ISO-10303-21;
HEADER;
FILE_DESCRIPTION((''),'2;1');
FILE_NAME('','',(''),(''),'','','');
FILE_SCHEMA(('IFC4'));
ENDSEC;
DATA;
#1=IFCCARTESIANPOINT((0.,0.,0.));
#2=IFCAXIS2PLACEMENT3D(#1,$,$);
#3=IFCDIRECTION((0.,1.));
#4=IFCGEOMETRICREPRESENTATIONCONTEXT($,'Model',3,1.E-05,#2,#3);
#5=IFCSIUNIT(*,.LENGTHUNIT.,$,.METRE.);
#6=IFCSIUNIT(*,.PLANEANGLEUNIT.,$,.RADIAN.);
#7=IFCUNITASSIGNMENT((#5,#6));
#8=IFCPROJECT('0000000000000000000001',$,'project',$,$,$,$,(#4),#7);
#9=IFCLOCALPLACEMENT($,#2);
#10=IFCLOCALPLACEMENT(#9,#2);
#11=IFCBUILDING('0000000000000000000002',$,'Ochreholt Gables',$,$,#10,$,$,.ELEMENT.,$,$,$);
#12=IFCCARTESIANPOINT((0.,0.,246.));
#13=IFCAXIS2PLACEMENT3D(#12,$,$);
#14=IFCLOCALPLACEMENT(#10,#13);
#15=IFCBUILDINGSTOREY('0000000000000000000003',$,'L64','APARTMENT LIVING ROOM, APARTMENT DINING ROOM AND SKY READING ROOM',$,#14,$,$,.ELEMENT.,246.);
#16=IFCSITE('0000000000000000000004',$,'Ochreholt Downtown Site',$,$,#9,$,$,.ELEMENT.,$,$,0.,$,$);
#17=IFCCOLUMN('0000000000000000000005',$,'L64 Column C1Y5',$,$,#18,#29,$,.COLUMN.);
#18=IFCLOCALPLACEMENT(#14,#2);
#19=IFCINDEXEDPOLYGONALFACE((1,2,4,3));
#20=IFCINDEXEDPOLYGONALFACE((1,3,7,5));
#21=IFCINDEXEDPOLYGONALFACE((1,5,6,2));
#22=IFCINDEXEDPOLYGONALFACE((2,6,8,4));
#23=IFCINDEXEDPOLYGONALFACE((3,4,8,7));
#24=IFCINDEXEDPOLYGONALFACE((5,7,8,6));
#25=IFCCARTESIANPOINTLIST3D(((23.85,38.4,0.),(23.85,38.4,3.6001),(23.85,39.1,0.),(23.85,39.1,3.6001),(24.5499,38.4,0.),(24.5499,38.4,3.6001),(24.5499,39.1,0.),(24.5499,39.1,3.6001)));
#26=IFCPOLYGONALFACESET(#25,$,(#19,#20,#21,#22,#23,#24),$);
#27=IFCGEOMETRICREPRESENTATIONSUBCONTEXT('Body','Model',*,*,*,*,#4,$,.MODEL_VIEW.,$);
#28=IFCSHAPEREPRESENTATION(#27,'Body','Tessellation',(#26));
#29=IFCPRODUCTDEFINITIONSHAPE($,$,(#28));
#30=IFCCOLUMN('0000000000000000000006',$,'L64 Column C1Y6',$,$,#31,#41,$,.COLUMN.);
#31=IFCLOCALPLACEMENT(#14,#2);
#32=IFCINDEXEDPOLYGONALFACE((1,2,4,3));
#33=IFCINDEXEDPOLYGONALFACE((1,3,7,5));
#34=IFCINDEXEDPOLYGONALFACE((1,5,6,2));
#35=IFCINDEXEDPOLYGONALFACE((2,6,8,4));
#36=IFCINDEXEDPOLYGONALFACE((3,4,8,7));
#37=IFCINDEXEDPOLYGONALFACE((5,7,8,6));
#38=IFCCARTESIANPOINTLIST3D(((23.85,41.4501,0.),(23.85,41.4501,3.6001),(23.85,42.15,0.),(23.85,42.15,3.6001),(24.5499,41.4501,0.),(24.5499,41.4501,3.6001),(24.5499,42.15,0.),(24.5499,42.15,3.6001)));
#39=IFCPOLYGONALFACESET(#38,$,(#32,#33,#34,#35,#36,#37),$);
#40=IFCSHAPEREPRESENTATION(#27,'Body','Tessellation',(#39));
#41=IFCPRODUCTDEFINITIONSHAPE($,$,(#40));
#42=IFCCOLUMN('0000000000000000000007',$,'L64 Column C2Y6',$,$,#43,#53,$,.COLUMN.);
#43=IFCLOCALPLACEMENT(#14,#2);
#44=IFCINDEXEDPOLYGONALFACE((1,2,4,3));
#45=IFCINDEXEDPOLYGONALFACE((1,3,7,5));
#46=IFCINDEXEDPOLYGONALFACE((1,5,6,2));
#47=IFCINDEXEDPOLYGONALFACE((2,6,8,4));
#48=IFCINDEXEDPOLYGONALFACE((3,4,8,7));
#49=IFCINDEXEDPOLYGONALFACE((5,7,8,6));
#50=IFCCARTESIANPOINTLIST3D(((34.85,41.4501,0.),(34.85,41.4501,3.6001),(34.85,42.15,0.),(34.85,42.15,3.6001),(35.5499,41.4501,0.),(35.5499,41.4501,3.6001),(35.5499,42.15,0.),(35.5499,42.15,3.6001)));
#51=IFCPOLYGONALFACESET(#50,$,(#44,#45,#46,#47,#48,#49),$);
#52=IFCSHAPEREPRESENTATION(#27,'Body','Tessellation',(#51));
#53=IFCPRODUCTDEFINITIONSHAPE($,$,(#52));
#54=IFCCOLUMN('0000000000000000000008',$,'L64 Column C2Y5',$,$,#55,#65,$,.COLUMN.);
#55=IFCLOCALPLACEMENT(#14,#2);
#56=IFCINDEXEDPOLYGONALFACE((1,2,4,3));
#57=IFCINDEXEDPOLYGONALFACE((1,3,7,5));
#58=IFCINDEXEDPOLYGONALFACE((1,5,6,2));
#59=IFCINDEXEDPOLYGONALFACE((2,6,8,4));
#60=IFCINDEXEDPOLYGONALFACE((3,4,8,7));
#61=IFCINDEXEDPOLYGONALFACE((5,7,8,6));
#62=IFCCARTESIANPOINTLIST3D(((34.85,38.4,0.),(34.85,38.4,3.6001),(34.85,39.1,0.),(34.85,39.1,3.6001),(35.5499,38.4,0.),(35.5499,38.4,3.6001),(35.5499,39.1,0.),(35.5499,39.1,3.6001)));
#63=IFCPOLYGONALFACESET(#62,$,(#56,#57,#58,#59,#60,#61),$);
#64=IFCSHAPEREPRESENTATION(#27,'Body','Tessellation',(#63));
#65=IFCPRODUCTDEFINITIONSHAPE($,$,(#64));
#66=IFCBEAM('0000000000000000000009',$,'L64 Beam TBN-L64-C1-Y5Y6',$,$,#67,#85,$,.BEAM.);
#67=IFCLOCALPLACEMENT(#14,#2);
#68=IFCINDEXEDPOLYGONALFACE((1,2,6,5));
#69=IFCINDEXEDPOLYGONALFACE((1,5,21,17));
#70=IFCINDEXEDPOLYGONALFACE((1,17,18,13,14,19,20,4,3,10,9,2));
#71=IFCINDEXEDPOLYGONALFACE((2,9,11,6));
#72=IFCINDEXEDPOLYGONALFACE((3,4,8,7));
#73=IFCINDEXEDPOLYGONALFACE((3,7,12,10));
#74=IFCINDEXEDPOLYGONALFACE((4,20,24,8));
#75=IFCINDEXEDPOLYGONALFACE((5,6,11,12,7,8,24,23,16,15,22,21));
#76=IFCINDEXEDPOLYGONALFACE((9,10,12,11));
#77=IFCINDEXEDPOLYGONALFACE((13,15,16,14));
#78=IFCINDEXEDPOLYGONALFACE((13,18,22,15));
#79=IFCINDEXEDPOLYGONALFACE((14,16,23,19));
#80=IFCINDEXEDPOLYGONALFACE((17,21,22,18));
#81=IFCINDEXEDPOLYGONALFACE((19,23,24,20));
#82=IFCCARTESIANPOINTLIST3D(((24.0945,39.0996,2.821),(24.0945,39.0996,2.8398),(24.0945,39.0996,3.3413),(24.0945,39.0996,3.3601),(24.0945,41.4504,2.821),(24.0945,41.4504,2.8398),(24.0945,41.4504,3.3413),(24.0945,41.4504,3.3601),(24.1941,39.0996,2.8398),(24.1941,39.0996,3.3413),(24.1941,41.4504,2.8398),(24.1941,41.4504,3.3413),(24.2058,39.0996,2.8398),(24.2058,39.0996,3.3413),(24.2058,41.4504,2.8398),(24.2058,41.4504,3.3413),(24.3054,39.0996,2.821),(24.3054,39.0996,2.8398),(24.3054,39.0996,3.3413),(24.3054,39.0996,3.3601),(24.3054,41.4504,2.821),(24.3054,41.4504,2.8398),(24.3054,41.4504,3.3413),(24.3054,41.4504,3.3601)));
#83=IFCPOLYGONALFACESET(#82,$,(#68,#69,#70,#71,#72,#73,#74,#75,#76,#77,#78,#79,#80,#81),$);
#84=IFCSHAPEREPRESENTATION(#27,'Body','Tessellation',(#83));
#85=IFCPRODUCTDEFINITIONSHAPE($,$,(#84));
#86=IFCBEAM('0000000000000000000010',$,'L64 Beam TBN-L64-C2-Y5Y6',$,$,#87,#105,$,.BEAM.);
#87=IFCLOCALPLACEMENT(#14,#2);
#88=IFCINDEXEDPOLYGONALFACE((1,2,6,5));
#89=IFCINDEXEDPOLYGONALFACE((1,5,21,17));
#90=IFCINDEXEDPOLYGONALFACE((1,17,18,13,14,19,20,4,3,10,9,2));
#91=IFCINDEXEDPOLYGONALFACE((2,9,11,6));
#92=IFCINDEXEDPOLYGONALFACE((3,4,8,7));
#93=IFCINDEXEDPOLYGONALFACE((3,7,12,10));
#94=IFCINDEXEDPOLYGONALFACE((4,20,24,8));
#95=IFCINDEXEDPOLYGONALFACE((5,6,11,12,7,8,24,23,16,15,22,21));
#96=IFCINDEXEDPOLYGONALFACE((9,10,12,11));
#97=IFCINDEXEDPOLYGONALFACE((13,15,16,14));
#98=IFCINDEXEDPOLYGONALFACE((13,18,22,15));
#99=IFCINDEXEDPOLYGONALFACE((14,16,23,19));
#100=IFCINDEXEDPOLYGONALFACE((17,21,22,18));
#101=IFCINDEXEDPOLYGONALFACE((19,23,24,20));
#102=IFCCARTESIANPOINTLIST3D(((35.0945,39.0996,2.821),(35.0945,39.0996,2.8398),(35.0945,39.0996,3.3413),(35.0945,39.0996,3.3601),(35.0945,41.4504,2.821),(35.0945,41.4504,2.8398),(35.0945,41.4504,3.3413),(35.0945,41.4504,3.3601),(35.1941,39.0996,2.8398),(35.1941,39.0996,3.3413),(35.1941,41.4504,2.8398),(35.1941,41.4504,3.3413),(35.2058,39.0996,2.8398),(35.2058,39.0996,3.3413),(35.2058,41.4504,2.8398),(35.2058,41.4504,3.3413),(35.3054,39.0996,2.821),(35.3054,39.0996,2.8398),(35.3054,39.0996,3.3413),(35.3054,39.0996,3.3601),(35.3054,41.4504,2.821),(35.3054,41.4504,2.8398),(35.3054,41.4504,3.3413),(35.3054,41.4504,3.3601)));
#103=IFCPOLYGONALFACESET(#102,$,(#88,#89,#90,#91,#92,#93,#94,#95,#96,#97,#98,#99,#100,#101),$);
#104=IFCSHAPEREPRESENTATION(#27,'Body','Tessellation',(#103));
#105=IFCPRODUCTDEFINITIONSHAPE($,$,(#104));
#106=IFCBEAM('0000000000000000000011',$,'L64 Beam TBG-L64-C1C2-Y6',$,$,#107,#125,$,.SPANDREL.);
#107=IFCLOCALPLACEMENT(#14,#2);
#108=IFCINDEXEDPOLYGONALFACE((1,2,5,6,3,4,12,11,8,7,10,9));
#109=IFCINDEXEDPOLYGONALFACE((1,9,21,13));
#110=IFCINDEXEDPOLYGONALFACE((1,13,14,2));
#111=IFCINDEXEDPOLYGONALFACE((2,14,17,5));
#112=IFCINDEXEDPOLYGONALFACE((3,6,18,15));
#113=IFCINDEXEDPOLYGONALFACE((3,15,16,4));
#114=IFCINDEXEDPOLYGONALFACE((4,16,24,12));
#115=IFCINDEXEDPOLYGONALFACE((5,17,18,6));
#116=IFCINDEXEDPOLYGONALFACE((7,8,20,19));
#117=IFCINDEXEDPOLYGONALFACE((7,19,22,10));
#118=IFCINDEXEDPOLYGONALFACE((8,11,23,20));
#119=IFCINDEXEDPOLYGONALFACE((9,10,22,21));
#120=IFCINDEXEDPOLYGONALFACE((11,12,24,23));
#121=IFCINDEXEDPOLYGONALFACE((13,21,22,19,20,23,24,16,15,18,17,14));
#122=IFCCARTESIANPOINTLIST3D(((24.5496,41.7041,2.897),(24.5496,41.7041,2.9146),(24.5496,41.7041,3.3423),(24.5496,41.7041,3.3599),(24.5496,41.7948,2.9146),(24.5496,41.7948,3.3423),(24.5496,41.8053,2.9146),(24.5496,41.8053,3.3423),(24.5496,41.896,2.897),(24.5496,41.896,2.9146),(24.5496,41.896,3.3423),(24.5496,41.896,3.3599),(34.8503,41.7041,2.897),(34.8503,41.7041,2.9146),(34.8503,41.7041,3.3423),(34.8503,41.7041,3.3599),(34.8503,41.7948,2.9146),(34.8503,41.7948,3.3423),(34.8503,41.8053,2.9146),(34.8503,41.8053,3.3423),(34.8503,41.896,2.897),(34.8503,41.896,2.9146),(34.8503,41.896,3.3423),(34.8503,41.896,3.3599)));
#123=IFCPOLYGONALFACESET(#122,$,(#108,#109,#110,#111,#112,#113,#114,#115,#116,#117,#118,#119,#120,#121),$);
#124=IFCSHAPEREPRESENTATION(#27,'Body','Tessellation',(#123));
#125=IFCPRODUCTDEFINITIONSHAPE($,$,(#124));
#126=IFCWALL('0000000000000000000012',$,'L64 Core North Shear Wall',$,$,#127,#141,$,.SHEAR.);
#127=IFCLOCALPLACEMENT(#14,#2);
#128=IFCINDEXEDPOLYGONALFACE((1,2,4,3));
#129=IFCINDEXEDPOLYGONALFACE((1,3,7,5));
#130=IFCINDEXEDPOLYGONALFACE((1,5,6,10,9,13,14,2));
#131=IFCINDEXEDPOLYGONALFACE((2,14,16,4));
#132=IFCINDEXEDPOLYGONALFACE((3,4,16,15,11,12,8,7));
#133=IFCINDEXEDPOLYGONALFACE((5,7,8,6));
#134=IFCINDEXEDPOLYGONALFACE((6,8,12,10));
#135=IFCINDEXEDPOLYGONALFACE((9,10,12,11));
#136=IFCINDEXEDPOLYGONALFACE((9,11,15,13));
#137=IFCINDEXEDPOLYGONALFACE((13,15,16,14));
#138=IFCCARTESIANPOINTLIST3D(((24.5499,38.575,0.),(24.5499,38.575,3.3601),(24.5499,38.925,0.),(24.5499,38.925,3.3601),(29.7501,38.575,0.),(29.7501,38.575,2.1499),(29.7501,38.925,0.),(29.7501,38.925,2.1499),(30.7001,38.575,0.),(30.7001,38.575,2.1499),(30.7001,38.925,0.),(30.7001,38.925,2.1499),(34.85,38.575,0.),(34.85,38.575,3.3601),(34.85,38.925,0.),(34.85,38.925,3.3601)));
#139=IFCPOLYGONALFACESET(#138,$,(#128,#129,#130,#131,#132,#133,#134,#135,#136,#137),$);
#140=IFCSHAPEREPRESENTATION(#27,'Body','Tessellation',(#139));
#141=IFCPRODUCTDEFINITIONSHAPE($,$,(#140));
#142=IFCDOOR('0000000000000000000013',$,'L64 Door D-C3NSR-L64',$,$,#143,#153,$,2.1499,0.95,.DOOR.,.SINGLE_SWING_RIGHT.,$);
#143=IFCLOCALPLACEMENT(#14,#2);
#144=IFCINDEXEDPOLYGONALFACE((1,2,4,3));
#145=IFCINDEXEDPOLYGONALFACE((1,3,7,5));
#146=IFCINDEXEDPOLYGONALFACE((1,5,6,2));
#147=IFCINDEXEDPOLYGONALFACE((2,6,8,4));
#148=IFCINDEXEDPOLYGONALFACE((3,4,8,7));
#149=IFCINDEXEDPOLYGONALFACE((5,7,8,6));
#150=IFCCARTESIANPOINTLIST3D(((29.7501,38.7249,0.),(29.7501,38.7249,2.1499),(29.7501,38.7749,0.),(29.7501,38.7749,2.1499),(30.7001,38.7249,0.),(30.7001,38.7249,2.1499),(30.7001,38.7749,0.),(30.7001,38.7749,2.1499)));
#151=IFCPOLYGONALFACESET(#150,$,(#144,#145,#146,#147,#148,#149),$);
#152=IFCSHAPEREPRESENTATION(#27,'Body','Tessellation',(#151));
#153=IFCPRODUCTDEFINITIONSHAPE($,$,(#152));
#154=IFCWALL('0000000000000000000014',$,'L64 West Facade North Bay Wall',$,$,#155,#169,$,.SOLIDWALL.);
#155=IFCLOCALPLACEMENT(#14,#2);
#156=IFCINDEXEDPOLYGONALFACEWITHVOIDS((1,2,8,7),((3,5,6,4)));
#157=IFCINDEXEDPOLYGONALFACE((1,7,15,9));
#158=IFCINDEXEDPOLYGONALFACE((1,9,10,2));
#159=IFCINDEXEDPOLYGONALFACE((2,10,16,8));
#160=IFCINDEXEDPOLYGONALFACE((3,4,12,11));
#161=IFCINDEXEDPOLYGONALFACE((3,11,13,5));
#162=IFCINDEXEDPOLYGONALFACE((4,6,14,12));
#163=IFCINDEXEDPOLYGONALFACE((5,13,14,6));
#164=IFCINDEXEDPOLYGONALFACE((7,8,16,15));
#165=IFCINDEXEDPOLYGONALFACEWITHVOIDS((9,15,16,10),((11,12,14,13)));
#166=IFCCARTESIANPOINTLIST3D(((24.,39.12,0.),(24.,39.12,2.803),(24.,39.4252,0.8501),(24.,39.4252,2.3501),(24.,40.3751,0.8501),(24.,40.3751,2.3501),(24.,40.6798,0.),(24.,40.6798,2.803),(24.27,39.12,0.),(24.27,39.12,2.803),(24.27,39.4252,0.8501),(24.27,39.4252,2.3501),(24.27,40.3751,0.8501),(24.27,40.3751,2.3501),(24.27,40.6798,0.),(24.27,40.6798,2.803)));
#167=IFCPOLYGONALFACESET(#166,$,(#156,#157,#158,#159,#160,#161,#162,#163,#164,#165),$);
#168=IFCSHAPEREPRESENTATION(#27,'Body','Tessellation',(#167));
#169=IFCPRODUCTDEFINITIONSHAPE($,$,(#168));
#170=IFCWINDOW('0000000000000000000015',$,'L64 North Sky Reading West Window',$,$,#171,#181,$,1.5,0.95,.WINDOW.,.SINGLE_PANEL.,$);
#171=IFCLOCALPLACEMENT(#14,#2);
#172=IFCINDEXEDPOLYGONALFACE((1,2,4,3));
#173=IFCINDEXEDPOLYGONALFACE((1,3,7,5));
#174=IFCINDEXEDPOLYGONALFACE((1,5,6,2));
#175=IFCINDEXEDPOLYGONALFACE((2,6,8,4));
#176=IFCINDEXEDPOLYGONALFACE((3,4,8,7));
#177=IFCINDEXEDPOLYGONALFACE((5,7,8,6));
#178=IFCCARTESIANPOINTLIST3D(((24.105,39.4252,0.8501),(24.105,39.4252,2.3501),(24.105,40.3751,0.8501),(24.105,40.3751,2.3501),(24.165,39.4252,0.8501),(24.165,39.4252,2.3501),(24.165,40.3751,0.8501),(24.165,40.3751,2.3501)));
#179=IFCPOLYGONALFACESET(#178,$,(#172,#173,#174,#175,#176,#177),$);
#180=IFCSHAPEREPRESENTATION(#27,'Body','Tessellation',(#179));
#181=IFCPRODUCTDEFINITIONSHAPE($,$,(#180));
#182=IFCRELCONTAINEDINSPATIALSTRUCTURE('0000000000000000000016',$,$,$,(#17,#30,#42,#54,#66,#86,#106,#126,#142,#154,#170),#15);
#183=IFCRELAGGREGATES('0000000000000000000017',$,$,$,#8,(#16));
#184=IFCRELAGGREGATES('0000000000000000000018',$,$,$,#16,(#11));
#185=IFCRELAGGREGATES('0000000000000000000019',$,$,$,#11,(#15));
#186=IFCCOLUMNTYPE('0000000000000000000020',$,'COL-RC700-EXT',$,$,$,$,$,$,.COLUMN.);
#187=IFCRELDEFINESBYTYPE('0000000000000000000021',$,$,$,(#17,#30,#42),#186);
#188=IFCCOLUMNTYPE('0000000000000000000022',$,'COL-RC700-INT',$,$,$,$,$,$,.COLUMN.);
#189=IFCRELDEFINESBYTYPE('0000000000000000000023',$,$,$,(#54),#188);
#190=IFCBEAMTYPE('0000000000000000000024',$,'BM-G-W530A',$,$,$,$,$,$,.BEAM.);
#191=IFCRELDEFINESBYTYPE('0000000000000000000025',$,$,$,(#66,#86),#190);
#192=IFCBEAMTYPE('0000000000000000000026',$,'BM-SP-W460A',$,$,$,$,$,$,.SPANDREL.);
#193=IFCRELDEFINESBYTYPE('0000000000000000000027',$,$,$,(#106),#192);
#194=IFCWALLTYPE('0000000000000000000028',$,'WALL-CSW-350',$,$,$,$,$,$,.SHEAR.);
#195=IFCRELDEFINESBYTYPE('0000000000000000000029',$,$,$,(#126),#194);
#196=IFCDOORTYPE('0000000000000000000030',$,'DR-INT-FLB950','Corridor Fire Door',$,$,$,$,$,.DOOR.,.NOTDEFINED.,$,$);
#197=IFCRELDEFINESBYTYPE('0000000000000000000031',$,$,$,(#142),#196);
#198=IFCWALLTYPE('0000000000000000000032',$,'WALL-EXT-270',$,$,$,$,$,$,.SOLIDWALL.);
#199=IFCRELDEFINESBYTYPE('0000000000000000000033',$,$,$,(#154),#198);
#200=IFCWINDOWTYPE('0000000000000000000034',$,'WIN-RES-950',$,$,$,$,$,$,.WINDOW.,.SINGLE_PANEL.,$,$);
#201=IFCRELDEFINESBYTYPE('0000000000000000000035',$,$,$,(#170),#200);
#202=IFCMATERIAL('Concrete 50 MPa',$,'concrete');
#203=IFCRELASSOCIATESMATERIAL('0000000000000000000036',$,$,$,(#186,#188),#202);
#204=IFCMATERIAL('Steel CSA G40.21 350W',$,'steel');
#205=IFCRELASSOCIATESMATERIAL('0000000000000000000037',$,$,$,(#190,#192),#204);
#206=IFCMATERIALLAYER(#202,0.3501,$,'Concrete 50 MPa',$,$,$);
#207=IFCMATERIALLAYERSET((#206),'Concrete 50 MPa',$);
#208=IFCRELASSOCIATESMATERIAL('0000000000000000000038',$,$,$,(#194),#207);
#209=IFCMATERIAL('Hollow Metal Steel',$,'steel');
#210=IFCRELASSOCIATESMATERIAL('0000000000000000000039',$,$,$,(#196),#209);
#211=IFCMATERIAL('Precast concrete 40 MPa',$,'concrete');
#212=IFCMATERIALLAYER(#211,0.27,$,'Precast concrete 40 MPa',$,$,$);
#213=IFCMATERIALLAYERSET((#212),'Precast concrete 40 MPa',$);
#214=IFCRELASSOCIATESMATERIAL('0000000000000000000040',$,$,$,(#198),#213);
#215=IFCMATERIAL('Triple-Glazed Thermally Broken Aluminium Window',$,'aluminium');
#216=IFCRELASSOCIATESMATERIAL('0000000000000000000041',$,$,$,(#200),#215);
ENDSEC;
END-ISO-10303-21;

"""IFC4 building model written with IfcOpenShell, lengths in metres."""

from ifc_helpers import new_model, si_unit, direction, frame, frame_2d, origin, origin_2d, place, context, subcontext, project, spatial, rectangle, i_section, extrude, material, layer, layer_set, material_profile, profile_set, type_object, element, fill, save


model = new_model("IFC4")

# Units and contexts
model_context = context("Model", 3, precision=1e-05, world=origin(), true_north=direction((0.0, 1.0)))
body_context = subcontext(model_context, "Body", "Model", "MODEL_VIEW")
ifc_project = project(units=[si_unit("LENGTHUNIT", "METRE"), si_unit("PLANEANGLEUNIT", "RADIAN")], contexts=[model_context])

# Site, building, storey
site_placement = place(None, origin())
site = spatial("IfcSite", under=ifc_project, at=site_placement, Name="Ochreholt Downtown Site", CompositionType="ELEMENT", RefElevation=0.0)
building_placement = place(site_placement, origin())
building = spatial("IfcBuilding", under=site, at=building_placement, Name="Ochreholt Gables", CompositionType="ELEMENT")
storey_placement = place(building_placement, frame((0.0, 0.0, 246.0)))
storey = spatial("IfcBuildingStorey", under=building, at=storey_placement, Name="L64", Description="APARTMENT LIVING ROOM, APARTMENT DINING ROOM AND SKY READING ROOM", CompositionType="ELEMENT", Elevation=246.0)

# Columns
ifc_material_1 = material(Name="Concrete 50 MPa", Category="concrete")
ifc_material_profile_1 = material_profile(ifc_material_1, rectangle(XDim=0.7, YDim=0.7, at=origin_2d()), Name="RC700X700")
ifc_profile_set_1 = profile_set([ifc_material_profile_1], Name="Concrete 50 MPa")
column_type_1 = type_object("IfcColumnType", Name="COL-RC700-EXT", PredefinedType="COLUMN", material=ifc_profile_set_1)
for number, where, z_axis, x_axis, name in (
    (1, (24.2, 38.75, 0.0), (0.0, 0.0, 1.0), (1.0, 0.0, 0.0), "L64 Column C1Y5"),
    (2, (24.2, 41.8, 0.0), (0.0, 0.0, 1.0), (1.0, 0.0, 0.0), "L64 Column C1Y6"),
    (3, (35.2, 41.8, 0.0), (0.0, 0.0, 1.0), (1.0, 0.0, 0.0), "L64 Column C2Y6"),
):
    element("IfcColumn", number, at=place(storey_placement, frame(where, z_axis=z_axis, x_axis=x_axis)), inside=storey, type_object=column_type_1, Name=name, PredefinedType="COLUMN", context=body_context, shape_type="SweptSolid", body=[
        extrude(rectangle(XDim=0.7, YDim=0.7, at=origin_2d()), origin(), (0.0, 0.0, 1.0), 3.6001),
    ])
ifc_material_profile_2 = material_profile(ifc_material_1, rectangle(XDim=0.7, YDim=0.7, at=origin_2d()), Name="RC700X700")
ifc_profile_set_2 = profile_set([ifc_material_profile_2], Name="Concrete 50 MPa")
column_type_2 = type_object("IfcColumnType", Name="COL-RC700-INT", PredefinedType="COLUMN", material=ifc_profile_set_2)
column_placement = place(storey_placement, frame((35.2, 38.75, 0.0), z_axis=(0.0, 0.0, 1.0), x_axis=(1.0, 0.0, 0.0)))
element("IfcColumn", 4, at=column_placement, inside=storey, type_object=column_type_2, Name="L64 Column C2Y5", PredefinedType="COLUMN", context=body_context, shape_type="SweptSolid", body=[
    extrude(rectangle(XDim=0.7, YDim=0.7, at=origin_2d()), origin(), (0.0, 0.0, 1.0), 3.6001),
])

# Beams
ifc_material_2 = material(Name="Steel CSA G40.21 350W", Category="steel")
ifc_material_profile_3 = material_profile(ifc_material_2, i_section(OverallWidth=0.2109, OverallDepth=0.5391, WebThickness=0.0117, FlangeThickness=0.0188, at=origin_2d()), Name="W530X109")
ifc_profile_set_3 = profile_set([ifc_material_profile_3], Name="Steel CSA G40.21 350W")
beam_type_1 = type_object("IfcBeamType", Name="BM-G-W530A", PredefinedType="BEAM", material=ifc_profile_set_3)
for number, where, z_axis, x_axis, name in (
    (5, (24.2, 39.0996, 3.0906), (0.0, 1.0, 0.0), (-1.0, 0.0, 0.0), "L64 Beam TBN-L64-C1-Y5Y6"),
    (6, (35.2, 39.0996, 3.0906), (0.0, 1.0, 0.0), (-1.0, 0.0, 0.0), "L64 Beam TBN-L64-C2-Y5Y6"),
):
    element("IfcBeam", number, at=place(storey_placement, frame(where, z_axis=z_axis, x_axis=x_axis)), inside=storey, type_object=beam_type_1, Name=name, PredefinedType="BEAM", context=body_context, shape_type="SweptSolid", body=[
        extrude(i_section(OverallWidth=0.2109, OverallDepth=0.5391, WebThickness=0.0117, FlangeThickness=0.0188, at=origin_2d()), origin(), (0.0, 0.0, 1.0), 2.3508),
    ])
ifc_material_profile_4 = material_profile(ifc_material_2, i_section(OverallWidth=0.1919, OverallDepth=0.4629, WebThickness=0.0105, FlangeThickness=0.0176, at=origin_2d()), Name="W460X89")
ifc_profile_set_4 = profile_set([ifc_material_profile_4], Name="Steel CSA G40.21 350W")
beam_type_2 = type_object("IfcBeamType", Name="BM-SP-W460A", PredefinedType="SPANDREL", material=ifc_profile_set_4)
beam_placement = place(storey_placement, frame((24.5496, 41.8, 3.1284), z_axis=(1.0, 0.0, 0.0), x_axis=(0.0, 1.0, 0.0)))
element("IfcBeam", 7, at=beam_placement, inside=storey, type_object=beam_type_2, Name="L64 Beam TBG-L64-C1C2-Y6", PredefinedType="SPANDREL", context=body_context, shape_type="SweptSolid", body=[
    extrude(i_section(OverallWidth=0.1919, OverallDepth=0.4629, WebThickness=0.0105, FlangeThickness=0.0176, at=origin_2d()), origin(), (0.0, 0.0, 1.0), 10.3008),
])

# Wall, opening, door
ifc_layer_1 = layer(ifc_material_1, 0.3501, Name="Concrete 50 MPa")
ifc_layer_set_1 = layer_set([ifc_layer_1], Name="Concrete 50 MPa")
wall_type_1 = type_object("IfcWallType", Name="WALL-CSW-350", PredefinedType="SHEAR", material=ifc_layer_set_1)
wall_1_placement = place(storey_placement, frame((24.55, 38.75, 0.0), z_axis=(0.0, 0.0, 1.0), x_axis=(1.0, 0.0, 0.0)))
wall_1 = element("IfcWall", 8, at=wall_1_placement, inside=storey, type_object=wall_type_1, Name="L64 Core North Shear Wall", PredefinedType="SHEAR", context=body_context, shape_type="SweptSolid", body=[
    extrude(rectangle(XDim=10.3, YDim=0.3501, at=frame_2d((5.1499, 0.0))), origin(), (0.0, 0.0, 1.0), 3.3601),
])
opening_1_placement = place(wall_1_placement, frame((5.2, 0.0, 0.0)))
opening_1 = element("IfcOpeningElement", 9, at=opening_1_placement, cuts=wall_1, PredefinedType="OPENING", context=body_context, shape_type="SweptSolid", body=[
    extrude(rectangle(XDim=0.95, YDim=2.1499, at=frame_2d((0.4751, 1.075))), frame((0.0, 0.1851, 0.0), z_axis=(0.0, -1.0, 0.0), x_axis=(1.0, 0.0, 0.0)), (0.0, 0.0, 1.0), 0.3701),
])
ifc_material_3 = material(Name="Hollow Metal Steel", Category="steel")
door_type_1 = type_object("IfcDoorType", Name="DR-INT-FLB950", Description="Corridor Fire Door", OperationType="NOTDEFINED", PredefinedType="DOOR", material=ifc_material_3)
door_1_placement = place(opening_1_placement, origin())
door_1 = element("IfcDoor", 10, at=door_1_placement, inside=storey, type_object=door_type_1, Name="L64 Door D-C3NSR-L64", OperationType="SINGLE_SWING_RIGHT", OverallHeight=2.1499, OverallWidth=0.95, PredefinedType="DOOR", context=body_context, shape_type="SweptSolid", body=[
    extrude(rectangle(XDim=0.95, YDim=2.1499, at=frame_2d((0.4751, 1.075))), frame((0.0, 0.0249, 0.0), z_axis=(0.0, -1.0, 0.0), x_axis=(1.0, 0.0, 0.0)), (0.0, 0.0, 1.0), 0.05),
])
fill(opening_1, door_1)

# Wall, opening, window
ifc_material_4 = material(Name="Precast concrete 40 MPa", Category="concrete")
ifc_layer_2 = layer(ifc_material_4, 0.27, Name="Precast concrete 40 MPa")
ifc_layer_set_2 = layer_set([ifc_layer_2], Name="Precast concrete 40 MPa")
wall_type_2 = type_object("IfcWallType", Name="WALL-EXT-270", PredefinedType="SOLIDWALL", material=ifc_layer_set_2)
wall_2_placement = place(storey_placement, frame((24.135, 39.1201, 0.0), z_axis=(0.0, 0.0, 1.0), x_axis=(0.0, 1.0, 0.0)))
wall_2 = element("IfcWall", 11, at=wall_2_placement, inside=storey, type_object=wall_type_2, Name="L64 West Facade North Bay Wall", PredefinedType="SOLIDWALL", context=body_context, shape_type="SweptSolid", body=[
    extrude(rectangle(XDim=1.5598, YDim=0.27, at=frame_2d((0.7798, 0.0))), origin(), (0.0, 0.0, 1.0), 2.803),
])
opening_2_placement = place(wall_2_placement, frame((0.3049, 0.0, 0.8501)))
opening_2 = element("IfcOpeningElement", 12, at=opening_2_placement, cuts=wall_2, PredefinedType="OPENING", context=body_context, shape_type="SweptSolid", body=[
    extrude(rectangle(XDim=0.95, YDim=1.5, at=frame_2d((0.4751, 0.75))), frame((0.0, 0.145, 0.0), z_axis=(0.0, -1.0, 0.0), x_axis=(1.0, 0.0, 0.0)), (0.0, 0.0, 1.0), 0.29),
])
ifc_material_5 = material(Name="Triple-Glazed Thermally Broken Aluminium Window", Category="aluminium")
window_type = type_object("IfcWindowType", Name="WIN-RES-950", PartitioningType="SINGLE_PANEL", PredefinedType="WINDOW", material=ifc_material_5)
window_placement = place(opening_2_placement, origin())
window = element("IfcWindow", 13, at=window_placement, inside=storey, type_object=window_type, Name="L64 North Sky Reading West Window", OverallHeight=1.5, OverallWidth=0.95, PartitioningType="SINGLE_PANEL", PredefinedType="WINDOW", context=body_context, shape_type="SweptSolid", body=[
    extrude(rectangle(XDim=0.95, YDim=1.5, at=frame_2d((0.4751, 0.75))), frame((0.0, 0.03, 0.0), z_axis=(0.0, -1.0, 0.0), x_axis=(1.0, 0.0, 0.0)), (0.0, 0.0, 1.0), 0.0601),
])
fill(opening_2, window)

save(model, "model.ifc")
